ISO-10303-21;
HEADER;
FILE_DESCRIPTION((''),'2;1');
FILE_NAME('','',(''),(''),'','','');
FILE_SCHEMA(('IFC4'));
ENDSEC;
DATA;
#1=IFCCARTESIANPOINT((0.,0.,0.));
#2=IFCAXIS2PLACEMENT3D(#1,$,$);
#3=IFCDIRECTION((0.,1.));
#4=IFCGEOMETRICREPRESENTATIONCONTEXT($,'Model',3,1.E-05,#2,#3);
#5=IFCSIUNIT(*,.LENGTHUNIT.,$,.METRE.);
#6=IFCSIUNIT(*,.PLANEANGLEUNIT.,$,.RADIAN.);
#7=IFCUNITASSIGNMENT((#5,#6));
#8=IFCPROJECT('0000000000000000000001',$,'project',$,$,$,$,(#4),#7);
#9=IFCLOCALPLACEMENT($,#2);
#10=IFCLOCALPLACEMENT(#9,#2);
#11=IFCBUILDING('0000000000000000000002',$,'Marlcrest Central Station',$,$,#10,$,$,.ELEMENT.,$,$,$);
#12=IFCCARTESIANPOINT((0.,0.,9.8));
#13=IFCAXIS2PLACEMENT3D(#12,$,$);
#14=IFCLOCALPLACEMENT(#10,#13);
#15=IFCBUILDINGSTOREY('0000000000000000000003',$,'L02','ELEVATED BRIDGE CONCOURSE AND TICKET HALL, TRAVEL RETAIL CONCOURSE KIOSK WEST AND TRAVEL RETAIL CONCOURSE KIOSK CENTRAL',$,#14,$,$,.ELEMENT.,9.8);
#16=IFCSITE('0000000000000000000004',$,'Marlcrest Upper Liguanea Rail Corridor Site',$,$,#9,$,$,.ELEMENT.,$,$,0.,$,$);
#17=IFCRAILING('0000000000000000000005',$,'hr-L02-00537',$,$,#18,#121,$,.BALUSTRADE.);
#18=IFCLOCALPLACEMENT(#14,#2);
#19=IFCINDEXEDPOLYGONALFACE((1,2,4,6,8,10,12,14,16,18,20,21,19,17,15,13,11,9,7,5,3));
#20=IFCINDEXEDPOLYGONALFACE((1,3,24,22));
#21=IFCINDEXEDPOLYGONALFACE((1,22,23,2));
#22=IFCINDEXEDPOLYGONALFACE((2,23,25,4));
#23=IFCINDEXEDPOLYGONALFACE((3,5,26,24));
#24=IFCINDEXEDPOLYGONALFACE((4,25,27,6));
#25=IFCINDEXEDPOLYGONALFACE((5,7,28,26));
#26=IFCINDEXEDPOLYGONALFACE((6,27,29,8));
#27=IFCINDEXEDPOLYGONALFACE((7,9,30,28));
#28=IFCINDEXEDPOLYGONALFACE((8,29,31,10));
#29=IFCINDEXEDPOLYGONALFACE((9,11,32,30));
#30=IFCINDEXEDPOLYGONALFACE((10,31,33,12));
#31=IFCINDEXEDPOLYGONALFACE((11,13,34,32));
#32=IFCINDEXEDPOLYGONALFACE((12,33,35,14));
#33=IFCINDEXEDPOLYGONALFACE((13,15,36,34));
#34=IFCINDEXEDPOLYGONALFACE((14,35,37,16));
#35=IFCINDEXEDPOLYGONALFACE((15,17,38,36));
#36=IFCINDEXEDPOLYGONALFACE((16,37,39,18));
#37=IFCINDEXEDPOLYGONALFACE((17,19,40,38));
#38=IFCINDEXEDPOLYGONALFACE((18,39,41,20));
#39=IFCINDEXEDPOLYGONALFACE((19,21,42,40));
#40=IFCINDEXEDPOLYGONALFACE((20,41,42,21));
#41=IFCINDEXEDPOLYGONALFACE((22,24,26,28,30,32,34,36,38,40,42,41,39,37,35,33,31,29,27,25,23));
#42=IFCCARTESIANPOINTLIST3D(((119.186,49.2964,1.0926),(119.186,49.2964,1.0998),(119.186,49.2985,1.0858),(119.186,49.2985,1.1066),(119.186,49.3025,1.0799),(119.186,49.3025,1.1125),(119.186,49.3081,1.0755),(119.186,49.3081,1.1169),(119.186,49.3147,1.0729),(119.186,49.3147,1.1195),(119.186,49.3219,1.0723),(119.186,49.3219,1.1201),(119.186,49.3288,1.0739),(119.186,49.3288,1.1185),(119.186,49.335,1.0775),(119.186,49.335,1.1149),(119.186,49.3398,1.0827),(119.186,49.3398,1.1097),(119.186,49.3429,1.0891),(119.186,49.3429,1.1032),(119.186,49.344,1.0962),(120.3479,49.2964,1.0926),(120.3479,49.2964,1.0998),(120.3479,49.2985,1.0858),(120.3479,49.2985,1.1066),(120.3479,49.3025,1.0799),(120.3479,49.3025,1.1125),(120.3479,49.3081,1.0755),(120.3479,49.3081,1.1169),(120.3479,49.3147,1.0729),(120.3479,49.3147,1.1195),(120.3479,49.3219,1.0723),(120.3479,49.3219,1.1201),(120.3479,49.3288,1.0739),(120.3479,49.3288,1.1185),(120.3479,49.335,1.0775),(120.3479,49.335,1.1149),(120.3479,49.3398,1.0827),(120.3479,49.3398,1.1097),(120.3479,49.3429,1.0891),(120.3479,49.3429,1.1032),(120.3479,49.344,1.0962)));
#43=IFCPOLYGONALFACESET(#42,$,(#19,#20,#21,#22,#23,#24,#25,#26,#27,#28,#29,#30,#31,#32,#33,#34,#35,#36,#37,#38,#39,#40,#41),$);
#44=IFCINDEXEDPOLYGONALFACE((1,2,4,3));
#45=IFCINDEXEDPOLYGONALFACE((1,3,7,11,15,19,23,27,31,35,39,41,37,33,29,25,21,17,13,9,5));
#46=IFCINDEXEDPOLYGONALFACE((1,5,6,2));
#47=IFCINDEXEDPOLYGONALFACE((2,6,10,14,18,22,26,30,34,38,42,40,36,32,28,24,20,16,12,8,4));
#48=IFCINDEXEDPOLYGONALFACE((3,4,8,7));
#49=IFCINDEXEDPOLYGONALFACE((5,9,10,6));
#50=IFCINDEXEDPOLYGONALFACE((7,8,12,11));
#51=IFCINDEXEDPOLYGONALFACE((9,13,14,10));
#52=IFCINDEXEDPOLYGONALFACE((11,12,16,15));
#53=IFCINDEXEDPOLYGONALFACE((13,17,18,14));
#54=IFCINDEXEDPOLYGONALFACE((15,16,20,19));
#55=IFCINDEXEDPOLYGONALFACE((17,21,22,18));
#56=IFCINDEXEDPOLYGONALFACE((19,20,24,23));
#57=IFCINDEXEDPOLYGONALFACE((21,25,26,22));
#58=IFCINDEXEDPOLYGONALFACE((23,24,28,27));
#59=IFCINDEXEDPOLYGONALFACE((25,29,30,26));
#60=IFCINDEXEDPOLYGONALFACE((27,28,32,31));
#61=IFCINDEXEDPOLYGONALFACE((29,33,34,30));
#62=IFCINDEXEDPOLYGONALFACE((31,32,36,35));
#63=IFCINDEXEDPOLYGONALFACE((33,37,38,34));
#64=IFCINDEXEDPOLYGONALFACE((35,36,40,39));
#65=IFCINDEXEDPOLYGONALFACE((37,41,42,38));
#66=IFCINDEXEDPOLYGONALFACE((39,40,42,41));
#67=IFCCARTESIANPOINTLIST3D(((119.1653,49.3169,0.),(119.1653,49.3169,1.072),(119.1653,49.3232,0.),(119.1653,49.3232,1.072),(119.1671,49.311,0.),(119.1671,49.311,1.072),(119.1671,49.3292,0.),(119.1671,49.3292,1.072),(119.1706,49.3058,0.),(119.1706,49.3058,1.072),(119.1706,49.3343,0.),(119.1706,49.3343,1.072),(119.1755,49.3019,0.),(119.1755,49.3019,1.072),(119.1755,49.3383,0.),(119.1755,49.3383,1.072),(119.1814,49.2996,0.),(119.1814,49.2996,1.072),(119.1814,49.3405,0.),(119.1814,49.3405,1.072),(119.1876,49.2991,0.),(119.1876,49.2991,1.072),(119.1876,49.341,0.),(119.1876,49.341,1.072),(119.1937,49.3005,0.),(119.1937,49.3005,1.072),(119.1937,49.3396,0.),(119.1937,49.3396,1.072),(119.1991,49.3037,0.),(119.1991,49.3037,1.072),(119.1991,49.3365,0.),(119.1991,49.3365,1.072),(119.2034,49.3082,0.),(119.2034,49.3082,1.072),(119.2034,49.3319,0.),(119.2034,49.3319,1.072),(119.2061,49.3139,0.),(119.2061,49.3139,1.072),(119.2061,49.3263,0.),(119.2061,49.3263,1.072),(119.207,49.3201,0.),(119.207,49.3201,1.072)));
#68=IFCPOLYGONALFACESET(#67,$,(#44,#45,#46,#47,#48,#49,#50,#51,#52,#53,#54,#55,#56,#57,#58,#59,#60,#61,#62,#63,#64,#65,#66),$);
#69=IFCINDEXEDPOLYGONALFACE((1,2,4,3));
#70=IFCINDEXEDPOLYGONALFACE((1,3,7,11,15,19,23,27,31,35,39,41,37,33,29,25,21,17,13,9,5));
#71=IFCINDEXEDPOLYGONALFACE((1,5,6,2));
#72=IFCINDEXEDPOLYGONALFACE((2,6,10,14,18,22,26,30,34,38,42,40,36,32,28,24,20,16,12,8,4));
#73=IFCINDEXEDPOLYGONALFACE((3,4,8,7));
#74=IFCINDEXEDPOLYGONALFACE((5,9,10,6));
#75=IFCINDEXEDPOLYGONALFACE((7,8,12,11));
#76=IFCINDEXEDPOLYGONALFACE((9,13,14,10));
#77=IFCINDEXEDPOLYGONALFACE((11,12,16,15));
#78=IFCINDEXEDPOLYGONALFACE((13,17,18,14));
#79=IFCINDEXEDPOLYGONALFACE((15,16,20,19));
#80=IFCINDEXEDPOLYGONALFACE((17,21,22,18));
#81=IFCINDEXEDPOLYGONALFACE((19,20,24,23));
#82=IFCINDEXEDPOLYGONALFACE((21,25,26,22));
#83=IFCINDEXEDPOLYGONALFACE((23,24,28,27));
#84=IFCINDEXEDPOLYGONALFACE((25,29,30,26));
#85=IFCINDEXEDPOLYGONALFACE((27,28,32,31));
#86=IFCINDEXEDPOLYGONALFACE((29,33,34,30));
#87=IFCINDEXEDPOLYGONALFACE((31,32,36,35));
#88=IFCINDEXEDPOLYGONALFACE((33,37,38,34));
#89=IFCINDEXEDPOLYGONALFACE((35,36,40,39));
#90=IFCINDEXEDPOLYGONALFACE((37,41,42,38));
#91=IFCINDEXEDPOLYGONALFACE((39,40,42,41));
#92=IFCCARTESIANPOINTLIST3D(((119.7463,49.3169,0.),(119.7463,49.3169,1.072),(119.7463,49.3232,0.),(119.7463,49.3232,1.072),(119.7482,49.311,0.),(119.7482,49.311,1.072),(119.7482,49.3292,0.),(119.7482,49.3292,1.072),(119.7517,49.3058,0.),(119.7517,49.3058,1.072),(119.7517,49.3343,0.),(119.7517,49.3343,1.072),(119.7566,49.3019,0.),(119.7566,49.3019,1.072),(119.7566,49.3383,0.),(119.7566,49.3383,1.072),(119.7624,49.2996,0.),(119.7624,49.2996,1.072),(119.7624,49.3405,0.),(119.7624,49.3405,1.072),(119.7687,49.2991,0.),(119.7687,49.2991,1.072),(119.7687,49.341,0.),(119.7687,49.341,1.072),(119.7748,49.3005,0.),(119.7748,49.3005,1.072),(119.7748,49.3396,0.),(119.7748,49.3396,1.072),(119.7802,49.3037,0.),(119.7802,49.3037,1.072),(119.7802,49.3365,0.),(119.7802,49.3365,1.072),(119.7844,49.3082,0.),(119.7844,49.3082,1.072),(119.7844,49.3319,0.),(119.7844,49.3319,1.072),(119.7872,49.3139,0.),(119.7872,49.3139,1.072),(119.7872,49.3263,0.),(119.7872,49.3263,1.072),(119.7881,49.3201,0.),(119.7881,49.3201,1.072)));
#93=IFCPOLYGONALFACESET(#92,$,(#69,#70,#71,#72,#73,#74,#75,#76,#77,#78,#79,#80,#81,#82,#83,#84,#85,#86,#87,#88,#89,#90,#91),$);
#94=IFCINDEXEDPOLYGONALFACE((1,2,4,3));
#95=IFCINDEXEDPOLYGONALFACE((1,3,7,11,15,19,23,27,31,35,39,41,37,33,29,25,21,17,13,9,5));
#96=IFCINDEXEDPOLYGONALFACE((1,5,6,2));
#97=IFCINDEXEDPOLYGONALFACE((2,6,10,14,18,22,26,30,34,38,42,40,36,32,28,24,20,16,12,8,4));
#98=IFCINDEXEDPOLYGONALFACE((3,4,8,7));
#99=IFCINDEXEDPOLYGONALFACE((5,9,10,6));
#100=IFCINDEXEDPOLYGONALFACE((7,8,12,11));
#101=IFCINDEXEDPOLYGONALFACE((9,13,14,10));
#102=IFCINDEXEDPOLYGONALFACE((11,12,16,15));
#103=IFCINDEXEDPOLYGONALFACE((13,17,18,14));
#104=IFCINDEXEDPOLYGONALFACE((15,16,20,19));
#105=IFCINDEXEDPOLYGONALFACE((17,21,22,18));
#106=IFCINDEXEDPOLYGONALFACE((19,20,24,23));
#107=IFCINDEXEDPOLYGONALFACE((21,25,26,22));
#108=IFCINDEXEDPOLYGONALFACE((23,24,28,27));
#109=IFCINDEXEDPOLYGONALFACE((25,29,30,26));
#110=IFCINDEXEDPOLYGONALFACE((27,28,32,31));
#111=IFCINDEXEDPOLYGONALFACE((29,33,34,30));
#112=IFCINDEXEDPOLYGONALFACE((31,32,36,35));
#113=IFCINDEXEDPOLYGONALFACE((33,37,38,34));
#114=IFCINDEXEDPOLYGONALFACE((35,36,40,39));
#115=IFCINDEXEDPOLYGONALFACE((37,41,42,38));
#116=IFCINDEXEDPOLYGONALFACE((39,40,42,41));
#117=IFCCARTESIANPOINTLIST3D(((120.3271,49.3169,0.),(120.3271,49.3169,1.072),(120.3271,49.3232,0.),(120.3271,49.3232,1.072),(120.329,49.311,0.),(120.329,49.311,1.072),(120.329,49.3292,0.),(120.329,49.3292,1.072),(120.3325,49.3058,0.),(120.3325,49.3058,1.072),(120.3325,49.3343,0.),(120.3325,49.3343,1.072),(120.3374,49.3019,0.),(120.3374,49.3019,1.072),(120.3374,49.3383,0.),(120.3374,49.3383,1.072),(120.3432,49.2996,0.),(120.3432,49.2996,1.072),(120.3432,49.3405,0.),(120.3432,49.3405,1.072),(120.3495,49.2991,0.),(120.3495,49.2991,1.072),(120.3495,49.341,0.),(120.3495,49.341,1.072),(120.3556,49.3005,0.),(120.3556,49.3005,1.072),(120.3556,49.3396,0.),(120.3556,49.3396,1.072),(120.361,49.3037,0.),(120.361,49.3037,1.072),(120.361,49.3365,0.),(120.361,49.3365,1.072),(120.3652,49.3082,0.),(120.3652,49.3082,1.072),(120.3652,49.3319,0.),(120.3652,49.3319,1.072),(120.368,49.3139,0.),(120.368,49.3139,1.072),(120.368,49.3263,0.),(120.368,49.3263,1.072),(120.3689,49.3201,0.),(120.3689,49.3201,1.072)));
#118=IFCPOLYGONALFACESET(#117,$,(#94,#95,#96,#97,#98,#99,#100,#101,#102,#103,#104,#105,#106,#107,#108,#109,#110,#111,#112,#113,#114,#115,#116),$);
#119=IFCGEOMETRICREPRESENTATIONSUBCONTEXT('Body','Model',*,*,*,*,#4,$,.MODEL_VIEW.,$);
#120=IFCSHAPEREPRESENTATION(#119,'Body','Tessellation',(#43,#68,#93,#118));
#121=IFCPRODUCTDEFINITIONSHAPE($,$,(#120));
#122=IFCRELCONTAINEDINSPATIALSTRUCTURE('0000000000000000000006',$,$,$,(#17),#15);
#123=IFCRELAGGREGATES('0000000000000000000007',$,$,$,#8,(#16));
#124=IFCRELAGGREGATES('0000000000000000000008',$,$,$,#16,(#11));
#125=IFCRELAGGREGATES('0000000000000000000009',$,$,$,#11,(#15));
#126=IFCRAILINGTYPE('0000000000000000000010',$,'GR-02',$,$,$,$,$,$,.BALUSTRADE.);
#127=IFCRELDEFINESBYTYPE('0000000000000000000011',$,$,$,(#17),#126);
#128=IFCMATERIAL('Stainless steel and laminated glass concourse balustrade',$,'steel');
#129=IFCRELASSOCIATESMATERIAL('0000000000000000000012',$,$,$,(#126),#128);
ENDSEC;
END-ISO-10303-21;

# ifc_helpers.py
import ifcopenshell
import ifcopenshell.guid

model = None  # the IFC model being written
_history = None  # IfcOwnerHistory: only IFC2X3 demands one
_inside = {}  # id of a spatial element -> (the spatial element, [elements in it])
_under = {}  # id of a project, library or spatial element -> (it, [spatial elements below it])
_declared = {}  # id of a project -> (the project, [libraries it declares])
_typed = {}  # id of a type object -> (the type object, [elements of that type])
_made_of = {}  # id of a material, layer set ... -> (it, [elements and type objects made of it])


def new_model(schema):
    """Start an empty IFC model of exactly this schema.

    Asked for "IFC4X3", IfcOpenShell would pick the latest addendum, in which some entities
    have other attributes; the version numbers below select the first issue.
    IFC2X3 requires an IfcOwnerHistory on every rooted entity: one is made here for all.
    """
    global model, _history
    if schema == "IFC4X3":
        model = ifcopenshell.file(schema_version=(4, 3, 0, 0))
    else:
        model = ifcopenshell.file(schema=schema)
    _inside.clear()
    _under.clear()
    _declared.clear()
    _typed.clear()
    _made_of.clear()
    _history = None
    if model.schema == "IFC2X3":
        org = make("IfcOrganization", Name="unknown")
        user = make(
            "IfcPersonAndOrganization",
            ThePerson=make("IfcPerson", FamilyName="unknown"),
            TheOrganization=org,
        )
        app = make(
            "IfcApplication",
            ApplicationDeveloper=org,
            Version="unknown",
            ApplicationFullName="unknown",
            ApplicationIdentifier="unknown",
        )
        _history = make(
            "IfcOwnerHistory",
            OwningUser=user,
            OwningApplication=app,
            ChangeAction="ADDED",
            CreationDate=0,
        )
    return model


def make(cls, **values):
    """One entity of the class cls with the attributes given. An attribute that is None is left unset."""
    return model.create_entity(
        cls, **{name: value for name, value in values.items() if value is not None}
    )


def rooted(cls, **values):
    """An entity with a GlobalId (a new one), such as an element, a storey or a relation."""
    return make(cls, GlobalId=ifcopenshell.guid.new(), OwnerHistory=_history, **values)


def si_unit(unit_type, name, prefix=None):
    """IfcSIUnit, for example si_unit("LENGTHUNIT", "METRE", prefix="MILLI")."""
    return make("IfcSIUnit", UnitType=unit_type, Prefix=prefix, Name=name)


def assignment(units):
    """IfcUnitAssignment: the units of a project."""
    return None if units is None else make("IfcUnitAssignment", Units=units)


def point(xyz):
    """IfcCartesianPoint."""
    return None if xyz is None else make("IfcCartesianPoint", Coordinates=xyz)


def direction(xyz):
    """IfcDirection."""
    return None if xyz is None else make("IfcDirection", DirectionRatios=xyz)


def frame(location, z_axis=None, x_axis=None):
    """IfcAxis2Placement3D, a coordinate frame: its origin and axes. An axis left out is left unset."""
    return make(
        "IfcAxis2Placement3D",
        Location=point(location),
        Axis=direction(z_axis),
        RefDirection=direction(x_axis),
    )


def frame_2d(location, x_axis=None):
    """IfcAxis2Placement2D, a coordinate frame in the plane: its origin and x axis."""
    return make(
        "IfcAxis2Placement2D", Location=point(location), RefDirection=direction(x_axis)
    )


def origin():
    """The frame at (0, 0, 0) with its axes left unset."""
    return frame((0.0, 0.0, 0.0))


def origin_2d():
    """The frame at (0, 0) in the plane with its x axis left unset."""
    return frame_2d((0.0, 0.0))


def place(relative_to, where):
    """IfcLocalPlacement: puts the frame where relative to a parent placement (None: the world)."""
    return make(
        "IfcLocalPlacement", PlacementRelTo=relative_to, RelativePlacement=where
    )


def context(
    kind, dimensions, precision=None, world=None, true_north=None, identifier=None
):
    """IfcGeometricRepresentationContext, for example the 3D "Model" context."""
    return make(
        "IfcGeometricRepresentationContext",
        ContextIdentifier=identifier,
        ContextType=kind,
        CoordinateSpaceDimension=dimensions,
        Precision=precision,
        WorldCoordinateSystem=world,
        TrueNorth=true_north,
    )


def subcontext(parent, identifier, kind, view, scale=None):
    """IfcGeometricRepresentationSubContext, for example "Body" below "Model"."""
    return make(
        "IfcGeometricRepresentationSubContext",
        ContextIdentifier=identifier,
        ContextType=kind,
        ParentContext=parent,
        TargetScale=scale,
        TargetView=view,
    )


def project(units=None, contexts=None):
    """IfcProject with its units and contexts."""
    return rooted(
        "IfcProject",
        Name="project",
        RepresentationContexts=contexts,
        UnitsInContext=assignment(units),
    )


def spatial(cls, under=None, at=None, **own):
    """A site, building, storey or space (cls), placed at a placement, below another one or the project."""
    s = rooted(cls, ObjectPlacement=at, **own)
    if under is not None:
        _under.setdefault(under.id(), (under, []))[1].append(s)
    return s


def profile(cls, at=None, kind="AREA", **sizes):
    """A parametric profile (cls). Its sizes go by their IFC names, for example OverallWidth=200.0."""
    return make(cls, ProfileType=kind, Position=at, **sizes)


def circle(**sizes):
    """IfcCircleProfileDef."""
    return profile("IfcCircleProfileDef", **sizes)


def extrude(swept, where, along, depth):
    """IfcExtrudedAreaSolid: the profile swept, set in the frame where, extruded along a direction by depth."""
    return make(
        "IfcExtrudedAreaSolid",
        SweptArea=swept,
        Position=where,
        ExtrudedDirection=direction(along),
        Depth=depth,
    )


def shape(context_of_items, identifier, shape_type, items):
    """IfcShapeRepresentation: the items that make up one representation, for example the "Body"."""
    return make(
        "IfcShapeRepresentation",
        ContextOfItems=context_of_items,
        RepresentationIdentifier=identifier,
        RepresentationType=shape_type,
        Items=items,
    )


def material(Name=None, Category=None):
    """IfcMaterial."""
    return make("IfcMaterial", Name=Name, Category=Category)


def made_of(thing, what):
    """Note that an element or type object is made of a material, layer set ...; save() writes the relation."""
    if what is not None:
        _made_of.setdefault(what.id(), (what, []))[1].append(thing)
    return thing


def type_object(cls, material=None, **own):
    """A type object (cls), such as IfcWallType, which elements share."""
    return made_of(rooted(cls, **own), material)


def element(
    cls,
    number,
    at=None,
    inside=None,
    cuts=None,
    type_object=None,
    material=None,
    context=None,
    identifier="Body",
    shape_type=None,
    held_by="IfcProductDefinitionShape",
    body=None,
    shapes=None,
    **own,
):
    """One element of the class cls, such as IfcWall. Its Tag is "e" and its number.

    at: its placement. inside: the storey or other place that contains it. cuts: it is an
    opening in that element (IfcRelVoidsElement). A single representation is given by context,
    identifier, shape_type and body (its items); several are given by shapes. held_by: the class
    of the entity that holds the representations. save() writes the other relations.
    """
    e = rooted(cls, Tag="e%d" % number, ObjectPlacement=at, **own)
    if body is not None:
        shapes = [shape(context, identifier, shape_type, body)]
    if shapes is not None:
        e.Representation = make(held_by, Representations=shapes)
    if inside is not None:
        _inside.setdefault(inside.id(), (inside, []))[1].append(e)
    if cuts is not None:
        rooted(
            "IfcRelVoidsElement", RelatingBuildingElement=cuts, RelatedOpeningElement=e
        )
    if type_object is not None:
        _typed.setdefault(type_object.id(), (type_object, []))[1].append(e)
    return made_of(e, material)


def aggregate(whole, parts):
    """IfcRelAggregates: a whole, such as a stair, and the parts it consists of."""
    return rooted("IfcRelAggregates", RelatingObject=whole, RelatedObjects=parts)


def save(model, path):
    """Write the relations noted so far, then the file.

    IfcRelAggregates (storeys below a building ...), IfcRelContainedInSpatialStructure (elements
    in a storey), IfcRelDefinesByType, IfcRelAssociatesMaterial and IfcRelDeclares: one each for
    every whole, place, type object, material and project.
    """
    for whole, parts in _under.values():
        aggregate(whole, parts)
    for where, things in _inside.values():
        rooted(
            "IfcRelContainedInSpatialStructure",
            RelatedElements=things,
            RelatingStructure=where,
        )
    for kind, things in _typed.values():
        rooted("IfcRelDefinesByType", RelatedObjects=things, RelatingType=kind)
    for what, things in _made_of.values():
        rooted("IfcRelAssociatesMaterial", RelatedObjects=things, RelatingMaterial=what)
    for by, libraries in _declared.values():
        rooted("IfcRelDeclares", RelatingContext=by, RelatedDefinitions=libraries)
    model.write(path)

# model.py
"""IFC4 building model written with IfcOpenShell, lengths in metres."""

from ifc_helpers import new_model, si_unit, direction, frame, origin, origin_2d, place, context, subcontext, project, spatial, circle, extrude, material, type_object, element, save


model = new_model("IFC4")

# Units and contexts
model_context = context("Model", 3, precision=1e-05, world=origin(), true_north=direction((0.0, 1.0)))
body_context = subcontext(model_context, "Body", "Model", "MODEL_VIEW")
ifc_project = project(units=[si_unit("LENGTHUNIT", "METRE"), si_unit("PLANEANGLEUNIT", "RADIAN")], contexts=[model_context])

# Site, building, storey
site_placement = place(None, origin())
site = spatial("IfcSite", under=ifc_project, at=site_placement, Name="Marlcrest Upper Liguanea Rail Corridor Site", CompositionType="ELEMENT", RefElevation=0.0)
building_placement = place(site_placement, origin())
building = spatial("IfcBuilding", under=site, at=building_placement, Name="Marlcrest Central Station", CompositionType="ELEMENT")
storey_placement = place(building_placement, frame((0.0, 0.0, 9.8)))
storey = spatial("IfcBuildingStorey", under=building, at=storey_placement, Name="L02", Description="ELEVATED BRIDGE CONCOURSE AND TICKET HALL, TRAVEL RETAIL CONCOURSE KIOSK WEST AND TRAVEL RETAIL CONCOURSE KIOSK CENTRAL", CompositionType="ELEMENT", Elevation=9.8)

# Railing
ifc_material_1 = material(Name="Stainless steel and laminated glass concourse balustrade", Category="steel")
railing_type = type_object("IfcRailingType", Name="GR-02", PredefinedType="BALUSTRADE", material=ifc_material_1)
railing_1_placement = place(storey_placement, frame((119.186, 49.3201, 0.0)))
element("IfcRailing", 1, at=railing_1_placement, inside=storey, type_object=railing_type, Name="hr-L02-00537", PredefinedType="BALUSTRADE", context=body_context, shape_type="SweptSolid", body=[
    extrude(circle(Radius=0.0239, at=origin_2d()), frame((0.0, 0.0, 1.0962), z_axis=(1.0, 0.0, 0.0), x_axis=(0.0, 1.0, 0.0)), (0.0, 0.0, 1.0), 1.1619),
    extrude(circle(Radius=0.021, at=origin_2d()), origin(), (0.0, 0.0, 1.0), 1.072),
    extrude(circle(Radius=0.021, at=origin_2d()), frame((0.5811, 0.0, 0.0)), (0.0, 0.0, 1.0), 1.072),
    extrude(circle(Radius=0.021, at=origin_2d()), frame((1.1619, 0.0, 0.0)), (0.0, 0.0, 1.0), 1.072),
])

save(model, "model.ifc")
